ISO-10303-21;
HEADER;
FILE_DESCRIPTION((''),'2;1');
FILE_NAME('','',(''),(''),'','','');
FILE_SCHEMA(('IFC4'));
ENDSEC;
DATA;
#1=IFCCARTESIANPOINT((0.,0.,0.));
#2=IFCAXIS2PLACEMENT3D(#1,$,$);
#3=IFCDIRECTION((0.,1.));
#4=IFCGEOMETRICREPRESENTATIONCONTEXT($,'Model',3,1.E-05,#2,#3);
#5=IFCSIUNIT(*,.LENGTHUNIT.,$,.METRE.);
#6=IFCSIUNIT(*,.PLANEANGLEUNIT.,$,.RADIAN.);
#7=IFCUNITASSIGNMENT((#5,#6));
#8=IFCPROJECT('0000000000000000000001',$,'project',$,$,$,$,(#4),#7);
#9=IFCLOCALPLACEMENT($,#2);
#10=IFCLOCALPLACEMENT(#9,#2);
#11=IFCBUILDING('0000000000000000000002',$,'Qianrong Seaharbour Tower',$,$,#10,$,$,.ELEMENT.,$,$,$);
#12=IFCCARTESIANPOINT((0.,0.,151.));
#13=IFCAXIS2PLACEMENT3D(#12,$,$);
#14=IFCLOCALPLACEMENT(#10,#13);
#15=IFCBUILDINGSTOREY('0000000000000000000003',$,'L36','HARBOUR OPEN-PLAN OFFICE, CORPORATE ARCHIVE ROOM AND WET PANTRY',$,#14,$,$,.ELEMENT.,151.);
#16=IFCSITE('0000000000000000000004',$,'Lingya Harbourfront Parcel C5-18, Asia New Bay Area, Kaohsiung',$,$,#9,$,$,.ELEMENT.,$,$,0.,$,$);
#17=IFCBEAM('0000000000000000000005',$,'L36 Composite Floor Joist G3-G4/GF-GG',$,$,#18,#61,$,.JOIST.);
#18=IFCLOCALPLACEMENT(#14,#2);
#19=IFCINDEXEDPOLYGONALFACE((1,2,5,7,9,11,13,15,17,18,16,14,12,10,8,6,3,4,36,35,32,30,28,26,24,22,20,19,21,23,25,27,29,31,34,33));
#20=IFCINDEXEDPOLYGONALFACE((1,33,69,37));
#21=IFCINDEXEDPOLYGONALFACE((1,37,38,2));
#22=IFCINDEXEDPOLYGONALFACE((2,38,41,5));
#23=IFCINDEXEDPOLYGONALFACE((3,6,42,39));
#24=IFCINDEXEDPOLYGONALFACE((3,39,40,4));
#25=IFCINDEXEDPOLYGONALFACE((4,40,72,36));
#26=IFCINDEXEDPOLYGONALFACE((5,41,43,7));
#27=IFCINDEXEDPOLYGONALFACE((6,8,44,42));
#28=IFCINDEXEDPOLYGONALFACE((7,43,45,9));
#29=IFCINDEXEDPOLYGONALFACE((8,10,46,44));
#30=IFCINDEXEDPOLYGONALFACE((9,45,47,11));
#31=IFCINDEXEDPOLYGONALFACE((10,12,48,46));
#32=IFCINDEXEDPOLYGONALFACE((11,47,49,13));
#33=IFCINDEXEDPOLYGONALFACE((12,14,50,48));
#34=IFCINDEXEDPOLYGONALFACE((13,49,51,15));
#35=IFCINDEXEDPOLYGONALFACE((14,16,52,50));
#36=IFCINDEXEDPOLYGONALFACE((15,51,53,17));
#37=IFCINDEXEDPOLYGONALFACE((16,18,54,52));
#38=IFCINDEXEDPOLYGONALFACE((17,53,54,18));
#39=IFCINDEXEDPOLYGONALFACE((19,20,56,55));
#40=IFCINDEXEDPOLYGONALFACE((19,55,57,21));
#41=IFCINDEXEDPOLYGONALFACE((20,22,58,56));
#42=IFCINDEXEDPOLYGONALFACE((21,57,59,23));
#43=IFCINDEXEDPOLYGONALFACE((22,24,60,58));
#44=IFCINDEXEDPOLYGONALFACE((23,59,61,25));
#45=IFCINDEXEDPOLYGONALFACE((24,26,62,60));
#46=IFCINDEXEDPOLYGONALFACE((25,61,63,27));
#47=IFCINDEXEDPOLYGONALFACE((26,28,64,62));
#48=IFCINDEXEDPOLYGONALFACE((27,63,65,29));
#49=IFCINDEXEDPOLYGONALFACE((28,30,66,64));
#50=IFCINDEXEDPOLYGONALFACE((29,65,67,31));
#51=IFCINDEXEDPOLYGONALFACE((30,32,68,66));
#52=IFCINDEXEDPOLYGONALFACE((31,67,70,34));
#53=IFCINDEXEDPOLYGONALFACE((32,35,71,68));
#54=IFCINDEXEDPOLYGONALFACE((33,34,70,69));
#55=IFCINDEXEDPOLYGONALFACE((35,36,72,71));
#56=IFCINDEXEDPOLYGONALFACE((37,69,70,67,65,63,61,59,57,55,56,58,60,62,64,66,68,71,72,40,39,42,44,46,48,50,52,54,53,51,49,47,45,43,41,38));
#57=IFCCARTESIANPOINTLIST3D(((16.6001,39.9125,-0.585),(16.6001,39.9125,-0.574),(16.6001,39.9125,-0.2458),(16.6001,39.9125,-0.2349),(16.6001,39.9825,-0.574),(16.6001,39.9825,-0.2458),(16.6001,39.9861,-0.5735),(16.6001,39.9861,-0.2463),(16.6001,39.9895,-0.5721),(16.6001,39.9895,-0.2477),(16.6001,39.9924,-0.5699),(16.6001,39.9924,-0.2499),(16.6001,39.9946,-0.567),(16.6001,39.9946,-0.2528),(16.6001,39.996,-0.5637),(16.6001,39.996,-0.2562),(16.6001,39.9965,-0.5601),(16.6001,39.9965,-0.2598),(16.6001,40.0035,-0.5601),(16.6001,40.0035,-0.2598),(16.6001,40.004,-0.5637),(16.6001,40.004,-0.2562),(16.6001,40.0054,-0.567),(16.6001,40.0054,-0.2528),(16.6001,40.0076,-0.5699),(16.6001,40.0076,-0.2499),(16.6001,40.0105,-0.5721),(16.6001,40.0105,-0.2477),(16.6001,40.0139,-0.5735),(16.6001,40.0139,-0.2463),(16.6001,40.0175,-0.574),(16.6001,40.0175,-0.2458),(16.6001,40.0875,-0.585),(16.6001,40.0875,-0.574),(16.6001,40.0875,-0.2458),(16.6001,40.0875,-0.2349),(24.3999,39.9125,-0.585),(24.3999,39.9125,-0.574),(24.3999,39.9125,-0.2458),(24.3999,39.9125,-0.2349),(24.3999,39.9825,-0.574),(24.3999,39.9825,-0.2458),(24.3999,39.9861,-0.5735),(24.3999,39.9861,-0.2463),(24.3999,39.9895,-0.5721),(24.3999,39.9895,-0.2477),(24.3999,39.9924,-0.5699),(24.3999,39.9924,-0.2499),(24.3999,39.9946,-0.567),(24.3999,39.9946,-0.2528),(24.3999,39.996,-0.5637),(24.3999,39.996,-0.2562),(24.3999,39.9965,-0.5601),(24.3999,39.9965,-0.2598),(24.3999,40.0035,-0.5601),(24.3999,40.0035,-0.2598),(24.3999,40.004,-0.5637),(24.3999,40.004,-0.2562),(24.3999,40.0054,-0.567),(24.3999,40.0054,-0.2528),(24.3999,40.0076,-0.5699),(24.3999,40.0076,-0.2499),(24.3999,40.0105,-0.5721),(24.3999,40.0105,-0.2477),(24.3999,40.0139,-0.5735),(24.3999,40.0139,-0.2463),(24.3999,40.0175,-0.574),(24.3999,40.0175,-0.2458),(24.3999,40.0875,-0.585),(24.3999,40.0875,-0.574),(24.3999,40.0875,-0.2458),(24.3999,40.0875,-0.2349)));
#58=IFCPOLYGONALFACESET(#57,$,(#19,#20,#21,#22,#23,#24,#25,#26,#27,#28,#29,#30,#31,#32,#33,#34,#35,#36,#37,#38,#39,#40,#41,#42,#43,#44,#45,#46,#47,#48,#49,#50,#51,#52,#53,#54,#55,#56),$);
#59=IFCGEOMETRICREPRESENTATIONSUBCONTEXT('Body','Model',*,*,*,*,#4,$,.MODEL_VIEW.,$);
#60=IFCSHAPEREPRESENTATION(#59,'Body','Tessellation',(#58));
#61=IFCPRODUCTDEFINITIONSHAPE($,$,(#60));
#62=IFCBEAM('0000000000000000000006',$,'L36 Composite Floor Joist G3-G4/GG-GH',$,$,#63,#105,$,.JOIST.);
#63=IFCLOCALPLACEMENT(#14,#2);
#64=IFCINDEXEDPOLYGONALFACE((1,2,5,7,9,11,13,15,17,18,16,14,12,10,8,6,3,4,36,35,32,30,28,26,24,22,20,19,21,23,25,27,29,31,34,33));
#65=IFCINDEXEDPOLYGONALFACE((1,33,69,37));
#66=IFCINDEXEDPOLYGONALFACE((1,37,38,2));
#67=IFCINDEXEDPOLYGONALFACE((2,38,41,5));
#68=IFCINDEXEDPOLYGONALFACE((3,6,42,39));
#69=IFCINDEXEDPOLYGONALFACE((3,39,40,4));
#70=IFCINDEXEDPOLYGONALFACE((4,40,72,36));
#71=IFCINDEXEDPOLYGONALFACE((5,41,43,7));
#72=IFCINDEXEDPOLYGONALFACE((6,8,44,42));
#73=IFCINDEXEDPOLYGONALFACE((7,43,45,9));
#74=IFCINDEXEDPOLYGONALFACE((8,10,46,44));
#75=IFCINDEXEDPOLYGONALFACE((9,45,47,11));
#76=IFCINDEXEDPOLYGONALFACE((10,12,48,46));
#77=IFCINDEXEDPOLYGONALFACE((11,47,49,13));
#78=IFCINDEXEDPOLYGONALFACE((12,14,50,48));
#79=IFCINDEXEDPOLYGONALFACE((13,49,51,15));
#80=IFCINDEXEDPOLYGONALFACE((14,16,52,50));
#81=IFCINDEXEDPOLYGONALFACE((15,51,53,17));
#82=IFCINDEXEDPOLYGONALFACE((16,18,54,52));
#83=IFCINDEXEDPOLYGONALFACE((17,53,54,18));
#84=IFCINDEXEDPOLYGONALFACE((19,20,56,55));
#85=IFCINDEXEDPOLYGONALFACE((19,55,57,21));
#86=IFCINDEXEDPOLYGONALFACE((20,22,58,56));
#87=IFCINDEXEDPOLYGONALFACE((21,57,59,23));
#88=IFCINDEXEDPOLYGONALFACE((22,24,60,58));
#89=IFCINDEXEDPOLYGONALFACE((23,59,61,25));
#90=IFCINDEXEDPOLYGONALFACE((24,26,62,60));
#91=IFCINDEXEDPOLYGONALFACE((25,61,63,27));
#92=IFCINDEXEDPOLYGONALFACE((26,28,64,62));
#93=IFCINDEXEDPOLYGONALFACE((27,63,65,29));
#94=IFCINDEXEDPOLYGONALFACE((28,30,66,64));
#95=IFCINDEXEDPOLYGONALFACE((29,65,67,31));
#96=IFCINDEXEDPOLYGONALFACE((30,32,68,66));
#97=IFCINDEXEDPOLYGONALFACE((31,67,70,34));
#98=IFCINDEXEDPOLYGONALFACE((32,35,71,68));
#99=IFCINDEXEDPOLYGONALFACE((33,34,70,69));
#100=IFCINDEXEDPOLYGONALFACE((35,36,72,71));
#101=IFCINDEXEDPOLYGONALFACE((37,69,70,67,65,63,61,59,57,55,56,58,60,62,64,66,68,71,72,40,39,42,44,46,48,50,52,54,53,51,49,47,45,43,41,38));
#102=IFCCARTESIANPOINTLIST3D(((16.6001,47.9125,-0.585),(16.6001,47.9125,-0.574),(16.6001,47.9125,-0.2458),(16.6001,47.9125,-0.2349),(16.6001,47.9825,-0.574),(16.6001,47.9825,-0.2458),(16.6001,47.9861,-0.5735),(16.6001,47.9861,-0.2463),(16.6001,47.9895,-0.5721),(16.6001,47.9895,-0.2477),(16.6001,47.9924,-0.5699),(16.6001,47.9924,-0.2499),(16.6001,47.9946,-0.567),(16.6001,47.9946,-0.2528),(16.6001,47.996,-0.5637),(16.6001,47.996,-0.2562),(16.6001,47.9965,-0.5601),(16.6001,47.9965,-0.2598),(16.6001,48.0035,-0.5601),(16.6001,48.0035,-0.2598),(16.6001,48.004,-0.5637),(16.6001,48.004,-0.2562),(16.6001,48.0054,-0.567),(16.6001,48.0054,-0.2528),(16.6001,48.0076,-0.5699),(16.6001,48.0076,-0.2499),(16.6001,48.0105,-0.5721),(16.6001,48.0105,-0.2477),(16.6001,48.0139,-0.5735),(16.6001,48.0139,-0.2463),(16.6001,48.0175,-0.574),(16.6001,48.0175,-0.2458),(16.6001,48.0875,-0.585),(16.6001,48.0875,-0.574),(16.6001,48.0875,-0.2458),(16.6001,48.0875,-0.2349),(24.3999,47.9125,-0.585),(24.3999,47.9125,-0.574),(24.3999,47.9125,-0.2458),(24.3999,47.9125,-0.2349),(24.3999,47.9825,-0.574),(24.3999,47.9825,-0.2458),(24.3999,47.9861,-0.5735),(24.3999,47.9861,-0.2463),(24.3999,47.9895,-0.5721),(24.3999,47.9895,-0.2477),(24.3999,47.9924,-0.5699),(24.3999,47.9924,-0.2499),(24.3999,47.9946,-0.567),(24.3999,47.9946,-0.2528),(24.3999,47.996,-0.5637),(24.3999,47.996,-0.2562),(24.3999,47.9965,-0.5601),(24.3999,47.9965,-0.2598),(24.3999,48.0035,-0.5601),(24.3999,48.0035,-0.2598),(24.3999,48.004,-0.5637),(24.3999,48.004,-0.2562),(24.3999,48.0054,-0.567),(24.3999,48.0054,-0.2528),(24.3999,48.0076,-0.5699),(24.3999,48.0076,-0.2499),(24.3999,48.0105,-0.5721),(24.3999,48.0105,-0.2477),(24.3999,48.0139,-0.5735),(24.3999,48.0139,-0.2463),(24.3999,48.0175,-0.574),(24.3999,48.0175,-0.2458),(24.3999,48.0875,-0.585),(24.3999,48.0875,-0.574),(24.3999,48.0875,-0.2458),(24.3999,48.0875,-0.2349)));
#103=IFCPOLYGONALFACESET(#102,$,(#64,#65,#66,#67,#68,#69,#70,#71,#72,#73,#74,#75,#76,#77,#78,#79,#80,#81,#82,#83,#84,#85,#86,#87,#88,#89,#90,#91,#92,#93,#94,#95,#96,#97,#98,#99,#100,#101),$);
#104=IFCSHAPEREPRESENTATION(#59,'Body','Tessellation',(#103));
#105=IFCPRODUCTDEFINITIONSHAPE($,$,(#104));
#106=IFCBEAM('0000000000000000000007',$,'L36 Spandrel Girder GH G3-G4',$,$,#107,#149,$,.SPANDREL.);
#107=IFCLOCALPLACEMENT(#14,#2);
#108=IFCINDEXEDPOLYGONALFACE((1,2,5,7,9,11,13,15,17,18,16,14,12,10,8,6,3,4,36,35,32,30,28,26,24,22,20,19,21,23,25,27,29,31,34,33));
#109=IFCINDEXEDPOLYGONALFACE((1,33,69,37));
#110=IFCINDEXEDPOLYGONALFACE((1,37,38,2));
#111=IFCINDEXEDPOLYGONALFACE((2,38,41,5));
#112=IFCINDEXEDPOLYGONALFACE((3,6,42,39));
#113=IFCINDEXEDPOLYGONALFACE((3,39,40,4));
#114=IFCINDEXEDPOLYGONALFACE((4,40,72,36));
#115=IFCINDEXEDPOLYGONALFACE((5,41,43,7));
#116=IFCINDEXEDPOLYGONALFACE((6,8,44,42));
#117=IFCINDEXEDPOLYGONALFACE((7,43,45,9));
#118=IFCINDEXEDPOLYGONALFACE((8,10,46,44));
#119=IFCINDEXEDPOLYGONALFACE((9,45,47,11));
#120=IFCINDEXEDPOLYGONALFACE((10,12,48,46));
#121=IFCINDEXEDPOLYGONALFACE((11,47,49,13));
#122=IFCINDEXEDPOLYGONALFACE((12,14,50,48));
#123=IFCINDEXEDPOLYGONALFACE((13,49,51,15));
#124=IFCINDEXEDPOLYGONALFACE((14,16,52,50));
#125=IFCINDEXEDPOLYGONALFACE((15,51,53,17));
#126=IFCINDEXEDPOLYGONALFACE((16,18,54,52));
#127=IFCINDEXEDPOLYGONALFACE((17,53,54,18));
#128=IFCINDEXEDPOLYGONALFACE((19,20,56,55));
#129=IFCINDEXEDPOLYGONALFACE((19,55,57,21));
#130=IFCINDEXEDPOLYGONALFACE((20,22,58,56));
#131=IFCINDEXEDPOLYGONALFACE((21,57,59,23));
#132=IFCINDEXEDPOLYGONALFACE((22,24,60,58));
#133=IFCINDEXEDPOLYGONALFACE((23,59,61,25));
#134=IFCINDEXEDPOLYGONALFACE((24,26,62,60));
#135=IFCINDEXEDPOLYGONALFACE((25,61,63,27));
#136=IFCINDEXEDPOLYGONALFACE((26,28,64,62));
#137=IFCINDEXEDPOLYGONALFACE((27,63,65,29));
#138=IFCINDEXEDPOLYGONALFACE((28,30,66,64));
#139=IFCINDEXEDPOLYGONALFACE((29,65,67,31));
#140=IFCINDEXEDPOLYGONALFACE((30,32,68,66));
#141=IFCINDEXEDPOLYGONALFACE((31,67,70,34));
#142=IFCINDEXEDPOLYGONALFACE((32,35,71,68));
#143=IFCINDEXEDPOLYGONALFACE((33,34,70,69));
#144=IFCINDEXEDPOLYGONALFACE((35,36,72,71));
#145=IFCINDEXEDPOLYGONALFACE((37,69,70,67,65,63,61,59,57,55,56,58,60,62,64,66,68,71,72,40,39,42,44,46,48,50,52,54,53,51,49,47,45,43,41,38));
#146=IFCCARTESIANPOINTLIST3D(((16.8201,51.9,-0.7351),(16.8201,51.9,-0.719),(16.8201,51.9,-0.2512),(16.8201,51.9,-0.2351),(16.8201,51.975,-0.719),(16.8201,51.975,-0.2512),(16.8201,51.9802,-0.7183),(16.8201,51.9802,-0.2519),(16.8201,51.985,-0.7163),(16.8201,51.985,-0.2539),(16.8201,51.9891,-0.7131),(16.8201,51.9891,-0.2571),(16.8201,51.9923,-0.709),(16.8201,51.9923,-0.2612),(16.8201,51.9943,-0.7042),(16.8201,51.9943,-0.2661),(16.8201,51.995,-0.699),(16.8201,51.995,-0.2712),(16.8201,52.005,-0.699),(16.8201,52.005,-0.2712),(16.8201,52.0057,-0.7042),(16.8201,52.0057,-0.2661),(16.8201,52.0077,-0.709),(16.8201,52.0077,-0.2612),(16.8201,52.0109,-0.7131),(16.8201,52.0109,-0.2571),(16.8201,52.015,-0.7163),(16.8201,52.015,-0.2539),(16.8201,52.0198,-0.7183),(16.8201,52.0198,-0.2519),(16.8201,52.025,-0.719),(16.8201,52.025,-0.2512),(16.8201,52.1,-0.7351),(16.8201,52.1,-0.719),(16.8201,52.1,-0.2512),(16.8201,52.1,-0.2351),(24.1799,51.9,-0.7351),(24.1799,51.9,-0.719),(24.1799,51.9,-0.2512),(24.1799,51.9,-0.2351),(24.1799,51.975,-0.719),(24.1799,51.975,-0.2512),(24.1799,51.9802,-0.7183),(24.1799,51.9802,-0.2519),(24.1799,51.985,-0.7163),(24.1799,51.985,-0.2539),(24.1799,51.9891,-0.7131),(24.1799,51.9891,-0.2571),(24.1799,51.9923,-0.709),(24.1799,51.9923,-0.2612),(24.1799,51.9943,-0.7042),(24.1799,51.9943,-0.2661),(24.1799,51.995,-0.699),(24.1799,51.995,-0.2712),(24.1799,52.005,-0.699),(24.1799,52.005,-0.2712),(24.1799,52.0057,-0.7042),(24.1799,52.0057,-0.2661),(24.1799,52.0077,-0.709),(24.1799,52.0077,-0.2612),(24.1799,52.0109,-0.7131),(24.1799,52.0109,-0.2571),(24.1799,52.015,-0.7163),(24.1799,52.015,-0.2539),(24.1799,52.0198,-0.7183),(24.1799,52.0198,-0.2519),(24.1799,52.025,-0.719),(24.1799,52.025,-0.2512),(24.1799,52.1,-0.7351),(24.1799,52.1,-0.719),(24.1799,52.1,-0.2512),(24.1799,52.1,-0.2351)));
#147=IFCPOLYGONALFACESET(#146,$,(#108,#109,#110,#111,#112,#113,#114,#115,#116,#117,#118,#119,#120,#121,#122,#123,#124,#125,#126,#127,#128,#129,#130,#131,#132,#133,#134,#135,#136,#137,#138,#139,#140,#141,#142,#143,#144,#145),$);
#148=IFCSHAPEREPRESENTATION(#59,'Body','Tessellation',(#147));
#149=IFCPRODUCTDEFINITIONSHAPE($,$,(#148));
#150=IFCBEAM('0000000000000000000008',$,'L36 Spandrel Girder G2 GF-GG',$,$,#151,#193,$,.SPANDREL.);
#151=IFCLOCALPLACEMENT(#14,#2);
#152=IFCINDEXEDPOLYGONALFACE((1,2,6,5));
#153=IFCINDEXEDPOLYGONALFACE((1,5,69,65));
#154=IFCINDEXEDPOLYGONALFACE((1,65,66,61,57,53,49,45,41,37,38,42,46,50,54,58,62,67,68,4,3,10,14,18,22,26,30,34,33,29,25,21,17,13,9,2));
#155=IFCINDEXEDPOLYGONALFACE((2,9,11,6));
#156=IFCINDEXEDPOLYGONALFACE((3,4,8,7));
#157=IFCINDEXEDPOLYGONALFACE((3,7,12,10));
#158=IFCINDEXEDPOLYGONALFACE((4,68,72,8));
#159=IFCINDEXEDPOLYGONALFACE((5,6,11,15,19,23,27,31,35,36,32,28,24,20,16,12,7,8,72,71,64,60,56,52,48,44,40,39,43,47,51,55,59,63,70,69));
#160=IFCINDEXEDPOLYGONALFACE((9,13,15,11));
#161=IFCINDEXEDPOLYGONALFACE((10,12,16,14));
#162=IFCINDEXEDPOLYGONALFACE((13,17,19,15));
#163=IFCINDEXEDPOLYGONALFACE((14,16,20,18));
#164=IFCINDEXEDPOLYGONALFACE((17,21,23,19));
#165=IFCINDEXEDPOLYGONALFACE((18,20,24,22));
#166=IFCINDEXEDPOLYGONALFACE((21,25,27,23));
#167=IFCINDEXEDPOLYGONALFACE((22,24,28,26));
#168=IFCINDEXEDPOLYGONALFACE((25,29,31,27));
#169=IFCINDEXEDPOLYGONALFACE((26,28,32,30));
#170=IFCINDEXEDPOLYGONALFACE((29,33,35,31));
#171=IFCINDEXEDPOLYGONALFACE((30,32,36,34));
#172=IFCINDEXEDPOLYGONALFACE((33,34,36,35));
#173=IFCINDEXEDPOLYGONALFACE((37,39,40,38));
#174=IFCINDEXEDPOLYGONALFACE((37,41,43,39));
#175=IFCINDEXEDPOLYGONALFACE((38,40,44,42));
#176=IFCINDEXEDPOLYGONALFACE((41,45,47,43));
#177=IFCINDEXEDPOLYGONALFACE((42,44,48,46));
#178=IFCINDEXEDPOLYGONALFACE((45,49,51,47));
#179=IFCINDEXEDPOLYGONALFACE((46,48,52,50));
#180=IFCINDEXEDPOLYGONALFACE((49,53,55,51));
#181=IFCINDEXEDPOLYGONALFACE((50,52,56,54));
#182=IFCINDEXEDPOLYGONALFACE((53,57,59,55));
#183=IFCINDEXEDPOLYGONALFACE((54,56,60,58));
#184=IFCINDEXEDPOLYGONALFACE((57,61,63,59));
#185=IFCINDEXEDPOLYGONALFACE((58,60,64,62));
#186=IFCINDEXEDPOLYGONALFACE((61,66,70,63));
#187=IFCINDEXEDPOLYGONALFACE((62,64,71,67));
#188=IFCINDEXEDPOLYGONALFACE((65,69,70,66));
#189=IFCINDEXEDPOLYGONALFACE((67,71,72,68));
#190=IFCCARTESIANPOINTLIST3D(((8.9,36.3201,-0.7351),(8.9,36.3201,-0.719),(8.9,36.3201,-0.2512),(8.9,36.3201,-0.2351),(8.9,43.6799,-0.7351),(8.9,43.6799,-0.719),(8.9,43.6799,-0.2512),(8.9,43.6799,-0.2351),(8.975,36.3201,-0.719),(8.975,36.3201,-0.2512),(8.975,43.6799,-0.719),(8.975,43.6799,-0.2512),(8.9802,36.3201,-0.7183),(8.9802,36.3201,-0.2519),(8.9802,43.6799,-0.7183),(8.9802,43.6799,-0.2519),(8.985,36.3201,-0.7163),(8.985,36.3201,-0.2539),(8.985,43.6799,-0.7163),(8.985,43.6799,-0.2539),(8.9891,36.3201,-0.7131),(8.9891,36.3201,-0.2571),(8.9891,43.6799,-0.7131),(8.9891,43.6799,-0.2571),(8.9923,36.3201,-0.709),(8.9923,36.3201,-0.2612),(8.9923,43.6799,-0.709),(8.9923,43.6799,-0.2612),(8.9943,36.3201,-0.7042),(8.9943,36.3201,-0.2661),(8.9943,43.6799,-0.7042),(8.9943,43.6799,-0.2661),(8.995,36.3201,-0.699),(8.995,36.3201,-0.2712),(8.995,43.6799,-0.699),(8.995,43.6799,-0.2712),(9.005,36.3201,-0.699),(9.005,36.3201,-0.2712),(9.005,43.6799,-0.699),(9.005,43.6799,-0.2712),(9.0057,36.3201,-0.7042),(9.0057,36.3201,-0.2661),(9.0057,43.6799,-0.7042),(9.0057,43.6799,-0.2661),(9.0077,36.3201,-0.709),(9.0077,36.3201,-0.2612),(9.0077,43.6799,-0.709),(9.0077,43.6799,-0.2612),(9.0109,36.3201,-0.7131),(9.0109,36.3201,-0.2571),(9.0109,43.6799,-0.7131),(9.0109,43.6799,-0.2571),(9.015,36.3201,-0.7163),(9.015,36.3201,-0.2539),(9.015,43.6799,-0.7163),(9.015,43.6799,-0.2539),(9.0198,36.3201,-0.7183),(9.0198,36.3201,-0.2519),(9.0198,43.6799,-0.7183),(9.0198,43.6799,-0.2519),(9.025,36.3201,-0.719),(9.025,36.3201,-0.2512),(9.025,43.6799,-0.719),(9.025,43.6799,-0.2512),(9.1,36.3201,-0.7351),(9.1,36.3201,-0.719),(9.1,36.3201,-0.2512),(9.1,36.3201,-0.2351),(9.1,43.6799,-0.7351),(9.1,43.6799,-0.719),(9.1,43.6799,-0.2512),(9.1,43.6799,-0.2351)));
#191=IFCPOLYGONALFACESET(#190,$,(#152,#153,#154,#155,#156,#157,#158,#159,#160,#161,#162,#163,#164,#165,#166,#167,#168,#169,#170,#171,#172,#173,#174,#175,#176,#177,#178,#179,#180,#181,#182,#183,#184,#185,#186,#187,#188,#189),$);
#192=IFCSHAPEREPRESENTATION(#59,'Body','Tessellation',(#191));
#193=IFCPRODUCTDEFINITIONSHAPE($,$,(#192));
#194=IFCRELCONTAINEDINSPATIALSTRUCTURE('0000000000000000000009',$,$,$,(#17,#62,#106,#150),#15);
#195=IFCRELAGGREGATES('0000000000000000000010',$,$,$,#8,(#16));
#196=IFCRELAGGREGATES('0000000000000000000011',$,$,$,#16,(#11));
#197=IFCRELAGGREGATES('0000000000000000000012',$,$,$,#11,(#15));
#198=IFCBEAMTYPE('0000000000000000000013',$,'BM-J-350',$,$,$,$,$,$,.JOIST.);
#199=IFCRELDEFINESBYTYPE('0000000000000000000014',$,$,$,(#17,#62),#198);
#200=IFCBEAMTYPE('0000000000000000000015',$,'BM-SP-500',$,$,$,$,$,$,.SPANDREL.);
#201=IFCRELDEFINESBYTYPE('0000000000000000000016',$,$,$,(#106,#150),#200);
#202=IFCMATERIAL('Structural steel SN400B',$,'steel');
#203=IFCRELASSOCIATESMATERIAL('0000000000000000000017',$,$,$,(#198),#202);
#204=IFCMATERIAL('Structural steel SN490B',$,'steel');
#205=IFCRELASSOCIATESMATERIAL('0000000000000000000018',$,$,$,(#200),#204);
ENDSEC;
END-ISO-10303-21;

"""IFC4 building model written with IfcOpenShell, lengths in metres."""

from ifc_helpers import new_model, si_unit, direction, frame, origin, origin_2d, place, context, subcontext, project, spatial, i_section, extrude, material, material_profile, profile_set, type_object, element, save


model = new_model("IFC4")

# Units and contexts
model_context = context("Model", 3, precision=1e-05, world=origin(), true_north=direction((0.0, 1.0)))
body_context = subcontext(model_context, "Body", "Model", "MODEL_VIEW")
ifc_project = project(units=[si_unit("LENGTHUNIT", "METRE"), si_unit("PLANEANGLEUNIT", "RADIAN")], contexts=[model_context])

# Site, building, storey
site_placement = place(None, origin())
site = spatial("IfcSite", under=ifc_project, at=site_placement, Name="Lingya Harbourfront Parcel C5-18, Asia New Bay Area, Kaohsiung", CompositionType="ELEMENT", RefElevation=0.0)
building_placement = place(site_placement, origin())
building = spatial("IfcBuilding", under=site, at=building_placement, Name="Qianrong Seaharbour Tower", CompositionType="ELEMENT")
storey_placement = place(building_placement, frame((0.0, 0.0, 151.0)))
storey = spatial("IfcBuildingStorey", under=building, at=storey_placement, Name="L36", Description="HARBOUR OPEN-PLAN OFFICE, CORPORATE ARCHIVE ROOM AND WET PANTRY", CompositionType="ELEMENT", Elevation=151.0)

# Shared definitions
ifc_material_1 = material(Name="Structural steel SN490B", Category="steel")

# Beams
ifc_material_2 = material(Name="Structural steel SN400B", Category="steel")
ifc_material_profile_1 = material_profile(ifc_material_2, i_section(OverallWidth=0.175, OverallDepth=0.3501, WebThickness=0.0071, FlangeThickness=0.011, FilletRadius=0.0139, at=origin_2d()), Name="H350x175x7x11")
ifc_profile_set_1 = profile_set([ifc_material_profile_1], Name="Structural steel SN400B")
beam_type_1 = type_object("IfcBeamType", Name="BM-J-350", PredefinedType="JOIST", material=ifc_profile_set_1)
for number, where, z_axis, x_axis, name in (
    (1, (16.6001, 40.0, -0.4099), (1.0, 0.0, 0.0), (0.0, 1.0, 0.0), "L36 Composite Floor Joist G3-G4/GF-GG"),
    (2, (16.6001, 48.0, -0.4099), (1.0, 0.0, 0.0), (0.0, 1.0, 0.0), "L36 Composite Floor Joist G3-G4/GG-GH"),
):
    element("IfcBeam", number, at=place(storey_placement, frame(where, z_axis=z_axis, x_axis=x_axis)), inside=storey, type_object=beam_type_1, Name=name, PredefinedType="JOIST", context=body_context, shape_type="SweptSolid", body=[
        extrude(i_section(OverallWidth=0.175, OverallDepth=0.3501, WebThickness=0.0071, FlangeThickness=0.011, FilletRadius=0.0139, at=origin_2d()), origin(), (0.0, 0.0, 1.0), 7.7998),
    ])
ifc_material_profile_2 = material_profile(ifc_material_1, i_section(OverallWidth=0.2, OverallDepth=0.5, WebThickness=0.01, FlangeThickness=0.0161, FilletRadius=0.02, at=origin_2d()), Name="H500x200x10x16")
ifc_profile_set_2 = profile_set([ifc_material_profile_2], Name="Structural steel SN490B")
beam_type_2 = type_object("IfcBeamType", Name="BM-SP-500", PredefinedType="SPANDREL", material=ifc_profile_set_2)
for number, where, z_axis, x_axis, name in (
    (3, (16.8201, 52.0, -0.4851), (1.0, 0.0, 0.0), (0.0, 1.0, 0.0), "L36 Spandrel Girder GH G3-G4"),
    (4, (9.0, 36.3201, -0.4851), (0.0, 1.0, 0.0), (-1.0, 0.0, 0.0), "L36 Spandrel Girder G2 GF-GG"),
):
    element("IfcBeam", number, at=place(storey_placement, frame(where, z_axis=z_axis, x_axis=x_axis)), inside=storey, type_object=beam_type_2, Name=name, PredefinedType="SPANDREL", context=body_context, shape_type="SweptSolid", body=[
        extrude(i_section(OverallWidth=0.2, OverallDepth=0.5, WebThickness=0.01, FlangeThickness=0.0161, FilletRadius=0.02, at=origin_2d()), origin(), (0.0, 0.0, 1.0), 7.3599),
    ])

save(model, "model.ifc")
